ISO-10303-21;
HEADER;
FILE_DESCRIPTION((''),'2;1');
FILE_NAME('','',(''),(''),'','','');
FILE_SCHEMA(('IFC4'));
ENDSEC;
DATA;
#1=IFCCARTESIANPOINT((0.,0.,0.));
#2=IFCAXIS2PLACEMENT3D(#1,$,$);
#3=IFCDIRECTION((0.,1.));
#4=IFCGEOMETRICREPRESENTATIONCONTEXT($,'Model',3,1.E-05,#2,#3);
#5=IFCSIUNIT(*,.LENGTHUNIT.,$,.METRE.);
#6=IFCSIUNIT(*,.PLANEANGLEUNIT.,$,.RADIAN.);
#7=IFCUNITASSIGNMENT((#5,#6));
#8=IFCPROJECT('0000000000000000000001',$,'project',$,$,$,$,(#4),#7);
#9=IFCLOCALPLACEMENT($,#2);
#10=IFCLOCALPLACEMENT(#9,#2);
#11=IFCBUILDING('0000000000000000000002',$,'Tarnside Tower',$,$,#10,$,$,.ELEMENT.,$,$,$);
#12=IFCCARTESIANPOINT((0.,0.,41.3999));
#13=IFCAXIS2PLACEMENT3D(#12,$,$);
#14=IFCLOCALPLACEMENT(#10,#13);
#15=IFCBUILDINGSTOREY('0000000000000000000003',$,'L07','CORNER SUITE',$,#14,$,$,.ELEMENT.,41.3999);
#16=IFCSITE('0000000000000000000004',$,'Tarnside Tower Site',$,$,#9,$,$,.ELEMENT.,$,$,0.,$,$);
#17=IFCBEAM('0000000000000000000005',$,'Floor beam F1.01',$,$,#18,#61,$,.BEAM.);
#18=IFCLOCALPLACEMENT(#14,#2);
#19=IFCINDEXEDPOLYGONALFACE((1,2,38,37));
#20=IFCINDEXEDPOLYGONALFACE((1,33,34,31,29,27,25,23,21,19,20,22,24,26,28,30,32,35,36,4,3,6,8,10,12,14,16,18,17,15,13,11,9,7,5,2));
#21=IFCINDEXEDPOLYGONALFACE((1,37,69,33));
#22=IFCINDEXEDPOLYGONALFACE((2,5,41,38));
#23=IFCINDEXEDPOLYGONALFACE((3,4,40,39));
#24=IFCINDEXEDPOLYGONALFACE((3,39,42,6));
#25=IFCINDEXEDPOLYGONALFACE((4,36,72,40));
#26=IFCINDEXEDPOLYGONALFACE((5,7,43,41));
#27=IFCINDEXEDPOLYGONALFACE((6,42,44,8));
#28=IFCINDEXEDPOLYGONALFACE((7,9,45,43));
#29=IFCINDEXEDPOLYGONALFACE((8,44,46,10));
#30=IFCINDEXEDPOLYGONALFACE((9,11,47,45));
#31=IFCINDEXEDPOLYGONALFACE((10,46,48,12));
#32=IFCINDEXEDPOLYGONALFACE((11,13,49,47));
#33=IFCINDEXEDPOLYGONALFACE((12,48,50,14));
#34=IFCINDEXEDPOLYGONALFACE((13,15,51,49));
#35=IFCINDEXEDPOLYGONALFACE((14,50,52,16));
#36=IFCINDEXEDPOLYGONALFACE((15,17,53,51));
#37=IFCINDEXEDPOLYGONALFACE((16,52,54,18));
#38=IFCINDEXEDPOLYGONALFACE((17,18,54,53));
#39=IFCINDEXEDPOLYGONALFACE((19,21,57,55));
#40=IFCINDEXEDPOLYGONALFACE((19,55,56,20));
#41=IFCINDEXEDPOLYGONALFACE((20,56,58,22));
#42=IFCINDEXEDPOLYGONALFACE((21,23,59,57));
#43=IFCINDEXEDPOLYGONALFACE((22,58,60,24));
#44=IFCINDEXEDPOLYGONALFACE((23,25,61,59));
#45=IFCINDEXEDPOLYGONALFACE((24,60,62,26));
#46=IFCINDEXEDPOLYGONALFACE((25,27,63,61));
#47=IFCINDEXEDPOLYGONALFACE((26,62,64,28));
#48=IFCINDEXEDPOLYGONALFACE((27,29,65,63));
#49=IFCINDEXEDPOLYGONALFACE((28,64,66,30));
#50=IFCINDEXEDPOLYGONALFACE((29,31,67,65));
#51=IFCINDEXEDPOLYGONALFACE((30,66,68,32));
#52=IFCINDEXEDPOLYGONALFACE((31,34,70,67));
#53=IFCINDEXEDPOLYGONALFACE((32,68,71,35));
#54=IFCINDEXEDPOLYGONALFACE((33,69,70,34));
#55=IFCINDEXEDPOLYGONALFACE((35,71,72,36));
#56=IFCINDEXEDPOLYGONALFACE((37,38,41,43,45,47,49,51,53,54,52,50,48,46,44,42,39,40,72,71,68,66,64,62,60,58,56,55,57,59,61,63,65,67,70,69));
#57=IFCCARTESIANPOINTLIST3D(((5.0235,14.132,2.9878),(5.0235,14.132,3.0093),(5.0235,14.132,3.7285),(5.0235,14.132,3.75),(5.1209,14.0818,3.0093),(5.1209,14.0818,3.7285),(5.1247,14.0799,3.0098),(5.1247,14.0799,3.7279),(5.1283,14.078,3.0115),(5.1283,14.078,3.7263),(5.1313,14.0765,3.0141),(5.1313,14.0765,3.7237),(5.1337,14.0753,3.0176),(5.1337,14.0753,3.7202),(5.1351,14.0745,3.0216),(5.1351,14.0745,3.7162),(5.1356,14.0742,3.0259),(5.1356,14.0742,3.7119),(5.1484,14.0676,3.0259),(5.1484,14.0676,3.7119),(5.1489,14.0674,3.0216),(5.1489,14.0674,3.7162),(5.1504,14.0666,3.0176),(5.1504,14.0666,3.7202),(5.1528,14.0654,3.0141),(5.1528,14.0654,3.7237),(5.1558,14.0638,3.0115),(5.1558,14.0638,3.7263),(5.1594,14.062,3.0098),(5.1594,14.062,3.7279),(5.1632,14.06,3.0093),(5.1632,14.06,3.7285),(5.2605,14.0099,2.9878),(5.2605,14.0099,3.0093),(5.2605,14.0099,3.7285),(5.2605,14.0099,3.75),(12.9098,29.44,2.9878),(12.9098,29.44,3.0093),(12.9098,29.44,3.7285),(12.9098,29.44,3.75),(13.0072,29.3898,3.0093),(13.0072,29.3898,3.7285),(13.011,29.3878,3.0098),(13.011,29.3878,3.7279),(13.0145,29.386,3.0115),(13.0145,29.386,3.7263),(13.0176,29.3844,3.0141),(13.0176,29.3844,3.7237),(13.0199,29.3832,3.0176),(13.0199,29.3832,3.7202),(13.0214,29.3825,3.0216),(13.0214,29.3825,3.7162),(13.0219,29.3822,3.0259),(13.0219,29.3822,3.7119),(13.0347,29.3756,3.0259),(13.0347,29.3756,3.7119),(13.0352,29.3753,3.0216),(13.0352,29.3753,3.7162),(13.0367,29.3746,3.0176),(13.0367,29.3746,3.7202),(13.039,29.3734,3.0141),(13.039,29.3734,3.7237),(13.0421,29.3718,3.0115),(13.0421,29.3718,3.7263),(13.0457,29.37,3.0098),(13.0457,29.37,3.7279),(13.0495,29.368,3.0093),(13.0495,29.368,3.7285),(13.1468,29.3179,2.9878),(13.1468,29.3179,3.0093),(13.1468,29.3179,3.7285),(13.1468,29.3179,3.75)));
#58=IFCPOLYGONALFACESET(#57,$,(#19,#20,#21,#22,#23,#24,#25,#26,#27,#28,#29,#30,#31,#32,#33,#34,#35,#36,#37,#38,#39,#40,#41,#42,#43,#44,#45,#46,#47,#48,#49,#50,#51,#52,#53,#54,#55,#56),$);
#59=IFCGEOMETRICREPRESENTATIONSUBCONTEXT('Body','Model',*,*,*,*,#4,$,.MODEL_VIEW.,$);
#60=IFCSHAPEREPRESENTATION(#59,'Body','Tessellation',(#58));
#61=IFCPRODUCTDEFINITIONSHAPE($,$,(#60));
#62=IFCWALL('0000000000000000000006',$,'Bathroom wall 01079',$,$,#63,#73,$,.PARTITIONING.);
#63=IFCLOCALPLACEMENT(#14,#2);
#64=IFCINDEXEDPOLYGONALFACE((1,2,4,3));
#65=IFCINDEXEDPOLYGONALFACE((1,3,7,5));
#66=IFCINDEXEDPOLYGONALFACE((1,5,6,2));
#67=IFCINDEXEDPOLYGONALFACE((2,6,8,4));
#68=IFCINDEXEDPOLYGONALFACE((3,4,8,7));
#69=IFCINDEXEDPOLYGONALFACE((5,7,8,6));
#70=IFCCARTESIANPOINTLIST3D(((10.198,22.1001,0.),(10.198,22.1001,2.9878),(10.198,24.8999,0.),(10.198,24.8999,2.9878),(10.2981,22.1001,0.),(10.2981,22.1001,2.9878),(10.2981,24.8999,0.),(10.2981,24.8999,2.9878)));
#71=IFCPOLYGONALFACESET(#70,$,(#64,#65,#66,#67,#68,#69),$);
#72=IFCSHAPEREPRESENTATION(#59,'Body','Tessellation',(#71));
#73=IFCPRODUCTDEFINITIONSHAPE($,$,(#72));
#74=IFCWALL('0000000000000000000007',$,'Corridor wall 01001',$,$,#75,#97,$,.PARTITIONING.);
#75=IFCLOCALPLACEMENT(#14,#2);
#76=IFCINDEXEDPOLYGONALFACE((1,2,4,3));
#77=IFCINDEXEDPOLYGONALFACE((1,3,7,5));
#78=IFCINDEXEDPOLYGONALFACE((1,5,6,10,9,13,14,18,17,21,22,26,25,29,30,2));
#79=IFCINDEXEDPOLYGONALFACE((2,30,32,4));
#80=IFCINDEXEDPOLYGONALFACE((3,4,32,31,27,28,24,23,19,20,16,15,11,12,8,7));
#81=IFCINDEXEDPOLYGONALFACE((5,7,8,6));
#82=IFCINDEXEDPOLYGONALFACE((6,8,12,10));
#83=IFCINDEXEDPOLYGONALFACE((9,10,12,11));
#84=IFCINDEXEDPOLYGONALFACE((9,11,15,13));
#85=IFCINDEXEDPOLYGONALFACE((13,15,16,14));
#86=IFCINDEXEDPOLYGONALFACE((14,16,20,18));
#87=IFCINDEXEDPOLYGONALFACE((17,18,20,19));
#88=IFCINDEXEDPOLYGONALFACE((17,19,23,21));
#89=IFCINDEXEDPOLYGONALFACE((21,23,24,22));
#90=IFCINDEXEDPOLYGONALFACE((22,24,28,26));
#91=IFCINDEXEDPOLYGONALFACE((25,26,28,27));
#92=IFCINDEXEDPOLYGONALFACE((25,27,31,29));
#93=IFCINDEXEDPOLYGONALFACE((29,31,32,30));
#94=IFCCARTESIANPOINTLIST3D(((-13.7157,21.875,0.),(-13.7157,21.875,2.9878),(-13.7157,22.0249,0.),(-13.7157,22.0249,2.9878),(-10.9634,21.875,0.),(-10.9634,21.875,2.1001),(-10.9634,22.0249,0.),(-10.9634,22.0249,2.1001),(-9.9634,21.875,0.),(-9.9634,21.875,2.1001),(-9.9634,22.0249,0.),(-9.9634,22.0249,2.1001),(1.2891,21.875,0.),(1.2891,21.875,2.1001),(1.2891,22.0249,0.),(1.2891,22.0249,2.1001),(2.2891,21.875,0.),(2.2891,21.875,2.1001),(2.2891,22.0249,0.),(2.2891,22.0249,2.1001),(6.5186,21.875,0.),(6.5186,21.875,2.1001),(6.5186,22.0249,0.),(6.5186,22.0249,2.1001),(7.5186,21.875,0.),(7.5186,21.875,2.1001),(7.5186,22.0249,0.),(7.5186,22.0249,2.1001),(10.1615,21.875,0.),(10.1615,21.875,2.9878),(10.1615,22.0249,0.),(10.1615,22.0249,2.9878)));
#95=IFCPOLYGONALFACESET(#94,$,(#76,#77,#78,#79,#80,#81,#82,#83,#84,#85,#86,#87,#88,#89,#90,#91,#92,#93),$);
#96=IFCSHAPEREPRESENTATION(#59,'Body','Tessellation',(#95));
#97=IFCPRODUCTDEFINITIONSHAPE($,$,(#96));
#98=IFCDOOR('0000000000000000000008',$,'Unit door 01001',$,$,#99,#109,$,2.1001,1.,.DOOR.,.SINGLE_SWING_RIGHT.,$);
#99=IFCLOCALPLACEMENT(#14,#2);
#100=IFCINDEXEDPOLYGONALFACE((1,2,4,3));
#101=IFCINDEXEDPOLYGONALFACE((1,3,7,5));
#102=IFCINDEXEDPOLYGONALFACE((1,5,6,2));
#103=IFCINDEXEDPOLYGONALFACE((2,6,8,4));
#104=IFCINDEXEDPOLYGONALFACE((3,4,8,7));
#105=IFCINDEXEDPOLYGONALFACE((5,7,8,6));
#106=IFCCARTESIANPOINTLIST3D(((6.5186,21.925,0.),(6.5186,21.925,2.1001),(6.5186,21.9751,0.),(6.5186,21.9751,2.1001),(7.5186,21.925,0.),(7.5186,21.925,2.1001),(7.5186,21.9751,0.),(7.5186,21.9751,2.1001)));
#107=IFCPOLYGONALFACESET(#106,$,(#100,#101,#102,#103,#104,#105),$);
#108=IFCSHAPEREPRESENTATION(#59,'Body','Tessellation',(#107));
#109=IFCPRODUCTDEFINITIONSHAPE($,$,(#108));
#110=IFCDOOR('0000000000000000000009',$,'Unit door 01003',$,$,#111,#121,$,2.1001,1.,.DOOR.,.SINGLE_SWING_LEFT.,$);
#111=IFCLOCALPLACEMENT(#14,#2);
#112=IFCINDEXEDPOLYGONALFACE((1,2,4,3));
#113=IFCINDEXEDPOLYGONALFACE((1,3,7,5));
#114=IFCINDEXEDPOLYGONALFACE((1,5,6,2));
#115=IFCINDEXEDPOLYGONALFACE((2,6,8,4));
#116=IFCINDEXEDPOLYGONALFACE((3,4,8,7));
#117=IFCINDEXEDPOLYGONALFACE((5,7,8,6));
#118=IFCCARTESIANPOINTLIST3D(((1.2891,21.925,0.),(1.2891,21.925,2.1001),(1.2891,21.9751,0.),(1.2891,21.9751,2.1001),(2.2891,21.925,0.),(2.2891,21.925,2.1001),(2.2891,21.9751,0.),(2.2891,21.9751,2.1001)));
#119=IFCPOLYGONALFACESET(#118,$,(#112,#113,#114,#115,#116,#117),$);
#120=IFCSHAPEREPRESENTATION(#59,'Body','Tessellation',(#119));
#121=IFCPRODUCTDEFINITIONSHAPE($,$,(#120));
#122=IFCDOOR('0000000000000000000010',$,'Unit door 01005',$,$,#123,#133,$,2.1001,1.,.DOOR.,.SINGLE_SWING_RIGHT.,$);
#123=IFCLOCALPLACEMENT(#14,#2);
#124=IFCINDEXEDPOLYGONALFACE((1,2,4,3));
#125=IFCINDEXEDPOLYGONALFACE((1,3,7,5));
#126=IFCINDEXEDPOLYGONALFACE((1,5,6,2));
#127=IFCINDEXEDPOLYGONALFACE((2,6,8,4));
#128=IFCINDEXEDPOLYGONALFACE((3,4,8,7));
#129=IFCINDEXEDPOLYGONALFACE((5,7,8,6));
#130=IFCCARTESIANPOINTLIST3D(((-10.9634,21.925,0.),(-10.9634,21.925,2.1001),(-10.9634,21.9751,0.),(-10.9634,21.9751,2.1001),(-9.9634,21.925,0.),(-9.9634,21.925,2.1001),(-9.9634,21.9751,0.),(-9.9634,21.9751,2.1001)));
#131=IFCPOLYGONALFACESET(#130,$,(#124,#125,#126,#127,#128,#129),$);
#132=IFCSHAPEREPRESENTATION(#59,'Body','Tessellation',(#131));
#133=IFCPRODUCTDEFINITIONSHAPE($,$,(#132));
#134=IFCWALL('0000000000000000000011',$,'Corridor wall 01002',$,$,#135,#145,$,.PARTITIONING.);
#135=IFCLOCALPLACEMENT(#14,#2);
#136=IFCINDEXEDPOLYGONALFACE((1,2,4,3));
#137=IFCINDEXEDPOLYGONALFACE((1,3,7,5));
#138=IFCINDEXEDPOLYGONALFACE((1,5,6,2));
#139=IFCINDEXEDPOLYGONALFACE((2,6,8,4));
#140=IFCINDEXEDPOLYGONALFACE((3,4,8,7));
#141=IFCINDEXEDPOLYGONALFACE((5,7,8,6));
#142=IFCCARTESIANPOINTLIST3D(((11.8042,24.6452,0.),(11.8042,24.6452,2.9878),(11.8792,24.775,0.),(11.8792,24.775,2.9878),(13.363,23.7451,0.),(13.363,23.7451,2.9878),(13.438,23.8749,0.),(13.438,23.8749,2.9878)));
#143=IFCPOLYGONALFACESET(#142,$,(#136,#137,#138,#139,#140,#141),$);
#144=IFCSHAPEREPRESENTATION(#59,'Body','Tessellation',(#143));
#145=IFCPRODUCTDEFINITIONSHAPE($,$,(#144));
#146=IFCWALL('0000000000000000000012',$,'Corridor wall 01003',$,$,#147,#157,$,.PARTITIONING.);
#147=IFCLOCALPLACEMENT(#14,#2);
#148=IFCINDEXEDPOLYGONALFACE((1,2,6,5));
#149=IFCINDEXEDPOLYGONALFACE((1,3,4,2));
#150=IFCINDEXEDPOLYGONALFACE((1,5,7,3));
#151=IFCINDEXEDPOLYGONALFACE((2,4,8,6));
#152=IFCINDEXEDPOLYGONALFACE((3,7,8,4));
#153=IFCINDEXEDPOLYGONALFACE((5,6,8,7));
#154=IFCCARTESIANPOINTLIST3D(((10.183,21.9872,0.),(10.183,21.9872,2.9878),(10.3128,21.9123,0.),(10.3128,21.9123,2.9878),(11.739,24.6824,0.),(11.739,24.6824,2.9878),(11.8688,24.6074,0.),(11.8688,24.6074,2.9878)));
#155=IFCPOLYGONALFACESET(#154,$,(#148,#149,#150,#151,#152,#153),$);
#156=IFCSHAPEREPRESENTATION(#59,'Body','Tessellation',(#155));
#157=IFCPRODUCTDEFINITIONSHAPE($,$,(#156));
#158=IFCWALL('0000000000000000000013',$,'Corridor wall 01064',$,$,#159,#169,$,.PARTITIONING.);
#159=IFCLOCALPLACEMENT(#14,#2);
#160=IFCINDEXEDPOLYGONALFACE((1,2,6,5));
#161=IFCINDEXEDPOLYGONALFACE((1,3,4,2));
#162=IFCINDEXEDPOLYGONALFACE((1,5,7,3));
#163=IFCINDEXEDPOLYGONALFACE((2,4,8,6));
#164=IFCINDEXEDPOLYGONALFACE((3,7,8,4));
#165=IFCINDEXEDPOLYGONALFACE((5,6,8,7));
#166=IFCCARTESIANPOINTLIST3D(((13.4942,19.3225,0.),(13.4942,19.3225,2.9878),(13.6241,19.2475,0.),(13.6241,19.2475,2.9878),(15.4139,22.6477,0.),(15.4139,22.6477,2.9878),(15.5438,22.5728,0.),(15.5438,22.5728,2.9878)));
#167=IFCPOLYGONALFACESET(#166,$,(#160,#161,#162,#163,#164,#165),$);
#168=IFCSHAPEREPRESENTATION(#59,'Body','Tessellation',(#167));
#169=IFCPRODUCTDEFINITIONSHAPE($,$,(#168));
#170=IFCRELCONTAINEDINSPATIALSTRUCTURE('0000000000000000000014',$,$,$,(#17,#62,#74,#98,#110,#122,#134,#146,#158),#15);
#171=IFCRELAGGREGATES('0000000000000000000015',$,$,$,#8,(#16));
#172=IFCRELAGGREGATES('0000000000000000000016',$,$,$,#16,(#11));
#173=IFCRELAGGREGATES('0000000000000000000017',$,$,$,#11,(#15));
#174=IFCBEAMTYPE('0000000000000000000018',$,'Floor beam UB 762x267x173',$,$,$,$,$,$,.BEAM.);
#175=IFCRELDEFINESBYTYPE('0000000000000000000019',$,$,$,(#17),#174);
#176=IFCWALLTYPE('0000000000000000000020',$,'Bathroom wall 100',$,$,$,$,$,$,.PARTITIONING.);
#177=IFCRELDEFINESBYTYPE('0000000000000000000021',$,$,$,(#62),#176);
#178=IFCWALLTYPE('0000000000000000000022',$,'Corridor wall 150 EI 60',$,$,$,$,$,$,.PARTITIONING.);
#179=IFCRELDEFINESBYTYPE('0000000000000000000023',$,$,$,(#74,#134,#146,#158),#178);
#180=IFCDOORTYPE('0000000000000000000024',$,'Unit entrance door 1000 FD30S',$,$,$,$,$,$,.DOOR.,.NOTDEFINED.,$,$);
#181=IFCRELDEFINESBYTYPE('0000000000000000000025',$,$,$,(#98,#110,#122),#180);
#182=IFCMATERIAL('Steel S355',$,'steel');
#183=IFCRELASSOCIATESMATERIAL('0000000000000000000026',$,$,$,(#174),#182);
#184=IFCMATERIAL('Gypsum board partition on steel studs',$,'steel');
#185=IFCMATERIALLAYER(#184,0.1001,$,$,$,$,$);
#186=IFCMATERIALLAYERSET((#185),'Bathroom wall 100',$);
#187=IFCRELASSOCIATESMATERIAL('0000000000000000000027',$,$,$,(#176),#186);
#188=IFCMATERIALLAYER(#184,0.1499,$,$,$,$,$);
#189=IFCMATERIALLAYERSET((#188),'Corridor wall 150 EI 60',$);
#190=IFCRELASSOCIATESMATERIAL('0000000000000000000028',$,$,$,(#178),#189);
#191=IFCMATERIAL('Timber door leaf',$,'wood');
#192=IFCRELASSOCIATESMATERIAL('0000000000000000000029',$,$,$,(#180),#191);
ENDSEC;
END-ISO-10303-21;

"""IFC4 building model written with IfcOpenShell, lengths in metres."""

from ifc_helpers import new_model, si_unit, direction, frame, frame_2d, origin, origin_2d, place, context, subcontext, project, spatial, rectangle, i_section, extrude, material, layer, layer_set, material_profile, profile_set, type_object, element, fill, save


model = new_model("IFC4")

# Units and contexts
model_context = context("Model", 3, precision=1e-05, world=origin(), true_north=direction((0.0, 1.0)))
body_context = subcontext(model_context, "Body", "Model", "MODEL_VIEW")
ifc_project = project(units=[si_unit("LENGTHUNIT", "METRE"), si_unit("PLANEANGLEUNIT", "RADIAN")], contexts=[model_context])

# Site, building, storey
site_placement = place(None, origin())
site = spatial("IfcSite", under=ifc_project, at=site_placement, Name="Tarnside Tower Site", CompositionType="ELEMENT", RefElevation=0.0)
building_placement = place(site_placement, origin())
building = spatial("IfcBuilding", under=site, at=building_placement, Name="Tarnside Tower", CompositionType="ELEMENT")
storey_placement = place(building_placement, frame((0.0, 0.0, 41.3999)))
storey = spatial("IfcBuildingStorey", under=building, at=storey_placement, Name="L07", Description="CORNER SUITE", CompositionType="ELEMENT", Elevation=41.3999)

# Beam
ifc_material_1 = material(Name="Steel S355", Category="steel")
ifc_material_profile = material_profile(ifc_material_1, i_section(OverallWidth=0.2666, OverallDepth=0.7622, WebThickness=0.0144, FlangeThickness=0.0215, FilletRadius=0.0166, at=origin_2d()), Name="UB 762x267x173")
ifc_profile_set = profile_set([ifc_material_profile], Name="Steel S355")
beam_type = type_object("IfcBeamType", Name="Floor beam UB 762x267x173", PredefinedType="BEAM", material=ifc_profile_set)
beam_placement = place(storey_placement, frame((13.0283, 29.3789, 3.3689), z_axis=(-0.457973, -0.888966, 0.0), x_axis=(0.888966, -0.457973, 0.0)))
element("IfcBeam", 1, at=beam_placement, inside=storey, type_object=beam_type, Name="Floor beam F1.01", PredefinedType="BEAM", context=body_context, shape_type="SweptSolid", body=[
    extrude(i_section(OverallWidth=0.2666, OverallDepth=0.7622, WebThickness=0.0144, FlangeThickness=0.0215, FilletRadius=0.0166, at=origin_2d()), origin(), (0.0, 0.0, 1.0), 17.22),
])

# Wall
ifc_material_2 = material(Name="Gypsum board partition on steel studs", Category="steel")
ifc_layer_1 = layer(ifc_material_2, 0.1001)
ifc_layer_set_1 = layer_set([ifc_layer_1], Name="Bathroom wall 100")
wall_type_1 = type_object("IfcWallType", Name="Bathroom wall 100", PredefinedType="PARTITIONING", material=ifc_layer_set_1)
wall_1_placement = place(storey_placement, frame((10.248, 24.8999, 0.0), z_axis=(0.0, 0.0, 1.0), x_axis=(0.0, -1.0, 0.0)))
element("IfcWall", 2, at=wall_1_placement, inside=storey, type_object=wall_type_1, Name="Bathroom wall 01079", PredefinedType="PARTITIONING", context=body_context, shape_type="SweptSolid", body=[
    extrude(rectangle(XDim=2.7998, YDim=0.1001, at=frame_2d((1.3999, 0.0))), origin(), (0.0, 0.0, 1.0), 2.9878),
])

# Wall, openings, doors
ifc_layer_2 = layer(ifc_material_2, 0.1499)
ifc_layer_set_2 = layer_set([ifc_layer_2], Name="Corridor wall 150 EI 60")
wall_type_2 = type_object("IfcWallType", Name="Corridor wall 150 EI 60", PredefinedType="PARTITIONING", material=ifc_layer_set_2)
wall_2_placement = place(storey_placement, frame((10.1614, 21.95, 0.0), z_axis=(0.0, 0.0, 1.0), x_axis=(-1.0, 0.0, 0.0)))
wall_2 = element("IfcWall", 3, at=wall_2_placement, inside=storey, type_object=wall_type_2, Name="Corridor wall 01001", PredefinedType="PARTITIONING", context=body_context, shape_type="SweptSolid", body=[
    extrude(rectangle(XDim=23.8772, YDim=0.1499, at=frame_2d((11.9385, 0.0))), origin(), (0.0, 0.0, 1.0), 2.9878),
])
opening_1_placement = place(wall_2_placement, frame((2.6428, 0.0, 0.0)))
opening_1 = element("IfcOpeningElement", 4, at=opening_1_placement, cuts=wall_2, PredefinedType="OPENING", context=body_context, shape_type="SweptSolid", body=[
    extrude(rectangle(XDim=1.0, YDim=2.1001, at=frame_2d((0.5, 1.05))), frame((0.0, 0.085, 0.0), z_axis=(0.0, -1.0, 0.0), x_axis=(1.0, 0.0, 0.0)), (0.0, 0.0, 1.0), 0.1699),
])
opening_2_placement = place(wall_2_placement, frame((7.8723, 0.0, 0.0)))
opening_2 = element("IfcOpeningElement", 5, at=opening_2_placement, cuts=wall_2, PredefinedType="OPENING", context=body_context, shape_type="SweptSolid", body=[
    extrude(rectangle(XDim=1.0, YDim=2.1001, at=frame_2d((0.5, 1.05))), frame((0.0, 0.085, 0.0), z_axis=(0.0, -1.0, 0.0), x_axis=(1.0, 0.0, 0.0)), (0.0, 0.0, 1.0), 0.1699),
])
opening_3_placement = place(wall_2_placement, frame((20.1248, 0.0, 0.0)))
opening_3 = element("IfcOpeningElement", 6, at=opening_3_placement, cuts=wall_2, PredefinedType="OPENING", context=body_context, shape_type="SweptSolid", body=[
    extrude(rectangle(XDim=1.0, YDim=2.1001, at=frame_2d((0.5, 1.05))), frame((0.0, 0.085, 0.0), z_axis=(0.0, -1.0, 0.0), x_axis=(1.0, 0.0, 0.0)), (0.0, 0.0, 1.0), 0.1699),
])
ifc_material_3 = material(Name="Timber door leaf", Category="wood")
door_type_1 = type_object("IfcDoorType", Name="Unit entrance door 1000 FD30S", OperationType="NOTDEFINED", PredefinedType="DOOR", material=ifc_material_3)
door_1_placement = place(opening_1_placement, origin())
door_1 = element("IfcDoor", 7, at=door_1_placement, inside=storey, type_object=door_type_1, Name="Unit door 01001", OperationType="SINGLE_SWING_RIGHT", OverallHeight=2.1001, OverallWidth=1.0, PredefinedType="DOOR", context=body_context, shape_type="SweptSolid", body=[
    extrude(rectangle(XDim=1.0, YDim=2.1001, at=frame_2d((0.5, 1.05))), frame((0.0, 0.0249, 0.0), z_axis=(0.0, -1.0, 0.0), x_axis=(1.0, 0.0, 0.0)), (0.0, 0.0, 1.0), 0.05),
])
fill(opening_1, door_1)
door_2_placement = place(opening_2_placement, origin())
door_2 = element("IfcDoor", 8, at=door_2_placement, inside=storey, type_object=door_type_1, Name="Unit door 01003", OperationType="SINGLE_SWING_LEFT", OverallHeight=2.1001, OverallWidth=1.0, PredefinedType="DOOR", context=body_context, shape_type="SweptSolid", body=[
    extrude(rectangle(XDim=1.0, YDim=2.1001, at=frame_2d((0.5, 1.05))), frame((0.0, 0.0249, 0.0), z_axis=(0.0, -1.0, 0.0), x_axis=(1.0, 0.0, 0.0)), (0.0, 0.0, 1.0), 0.05),
])
fill(opening_2, door_2)
door_3_placement = place(opening_3_placement, origin())
door_3 = element("IfcDoor", 9, at=door_3_placement, inside=storey, type_object=door_type_1, Name="Unit door 01005", OperationType="SINGLE_SWING_RIGHT", OverallHeight=2.1001, OverallWidth=1.0, PredefinedType="DOOR", context=body_context, shape_type="SweptSolid", body=[
    extrude(rectangle(XDim=1.0, YDim=2.1001, at=frame_2d((0.5, 1.05))), frame((0.0, 0.0249, 0.0), z_axis=(0.0, -1.0, 0.0), x_axis=(1.0, 0.0, 0.0)), (0.0, 0.0, 1.0), 0.05),
])
fill(opening_3, door_3)

# Walls
wall_3_placement = place(storey_placement, frame((13.4004, 23.8101, 0.0), z_axis=(0.0, 0.0, 1.0), x_axis=(-0.865989, 0.500063, 0.0)))
element("IfcWall", 10, at=wall_3_placement, inside=storey, type_object=wall_type_2, Name="Corridor wall 01002", PredefinedType="PARTITIONING", context=body_context, shape_type="SweptSolid", body=[
    extrude(rectangle(XDim=1.8, YDim=0.1499, at=frame_2d((0.8999, 0.0))), origin(), (0.0, 0.0, 1.0), 2.9878),
])
wall_4_placement = place(storey_placement, frame((11.804, 24.645, 0.0), z_axis=(0.0, 0.0, 1.0), x_axis=(-0.499978, -0.866038, 0.0)))
element("IfcWall", 11, at=wall_4_placement, inside=storey, type_object=wall_type_2, Name="Corridor wall 01003", PredefinedType="PARTITIONING", context=body_context, shape_type="SweptSolid", body=[
    extrude(rectangle(XDim=3.1121, YDim=0.1499, at=frame_2d((1.5562, 0.0))), origin(), (0.0, 0.0, 1.0), 2.9878),
])
wall_5_placement = place(storey_placement, frame((13.5591, 19.2849, 0.0), z_axis=(0.0, 0.0, 1.0), x_axis=(0.499976, 0.866039, 0.0)))
element("IfcWall", 12, at=wall_5_placement, inside=storey, type_object=wall_type_2, Name="Corridor wall 01064", PredefinedType="PARTITIONING", context=body_context, shape_type="SweptSolid", body=[
    extrude(rectangle(XDim=3.8396, YDim=0.1499, at=frame_2d((1.9199, 0.0))), origin(), (0.0, 0.0, 1.0), 2.9878),
])

save(model, "model.ifc")
